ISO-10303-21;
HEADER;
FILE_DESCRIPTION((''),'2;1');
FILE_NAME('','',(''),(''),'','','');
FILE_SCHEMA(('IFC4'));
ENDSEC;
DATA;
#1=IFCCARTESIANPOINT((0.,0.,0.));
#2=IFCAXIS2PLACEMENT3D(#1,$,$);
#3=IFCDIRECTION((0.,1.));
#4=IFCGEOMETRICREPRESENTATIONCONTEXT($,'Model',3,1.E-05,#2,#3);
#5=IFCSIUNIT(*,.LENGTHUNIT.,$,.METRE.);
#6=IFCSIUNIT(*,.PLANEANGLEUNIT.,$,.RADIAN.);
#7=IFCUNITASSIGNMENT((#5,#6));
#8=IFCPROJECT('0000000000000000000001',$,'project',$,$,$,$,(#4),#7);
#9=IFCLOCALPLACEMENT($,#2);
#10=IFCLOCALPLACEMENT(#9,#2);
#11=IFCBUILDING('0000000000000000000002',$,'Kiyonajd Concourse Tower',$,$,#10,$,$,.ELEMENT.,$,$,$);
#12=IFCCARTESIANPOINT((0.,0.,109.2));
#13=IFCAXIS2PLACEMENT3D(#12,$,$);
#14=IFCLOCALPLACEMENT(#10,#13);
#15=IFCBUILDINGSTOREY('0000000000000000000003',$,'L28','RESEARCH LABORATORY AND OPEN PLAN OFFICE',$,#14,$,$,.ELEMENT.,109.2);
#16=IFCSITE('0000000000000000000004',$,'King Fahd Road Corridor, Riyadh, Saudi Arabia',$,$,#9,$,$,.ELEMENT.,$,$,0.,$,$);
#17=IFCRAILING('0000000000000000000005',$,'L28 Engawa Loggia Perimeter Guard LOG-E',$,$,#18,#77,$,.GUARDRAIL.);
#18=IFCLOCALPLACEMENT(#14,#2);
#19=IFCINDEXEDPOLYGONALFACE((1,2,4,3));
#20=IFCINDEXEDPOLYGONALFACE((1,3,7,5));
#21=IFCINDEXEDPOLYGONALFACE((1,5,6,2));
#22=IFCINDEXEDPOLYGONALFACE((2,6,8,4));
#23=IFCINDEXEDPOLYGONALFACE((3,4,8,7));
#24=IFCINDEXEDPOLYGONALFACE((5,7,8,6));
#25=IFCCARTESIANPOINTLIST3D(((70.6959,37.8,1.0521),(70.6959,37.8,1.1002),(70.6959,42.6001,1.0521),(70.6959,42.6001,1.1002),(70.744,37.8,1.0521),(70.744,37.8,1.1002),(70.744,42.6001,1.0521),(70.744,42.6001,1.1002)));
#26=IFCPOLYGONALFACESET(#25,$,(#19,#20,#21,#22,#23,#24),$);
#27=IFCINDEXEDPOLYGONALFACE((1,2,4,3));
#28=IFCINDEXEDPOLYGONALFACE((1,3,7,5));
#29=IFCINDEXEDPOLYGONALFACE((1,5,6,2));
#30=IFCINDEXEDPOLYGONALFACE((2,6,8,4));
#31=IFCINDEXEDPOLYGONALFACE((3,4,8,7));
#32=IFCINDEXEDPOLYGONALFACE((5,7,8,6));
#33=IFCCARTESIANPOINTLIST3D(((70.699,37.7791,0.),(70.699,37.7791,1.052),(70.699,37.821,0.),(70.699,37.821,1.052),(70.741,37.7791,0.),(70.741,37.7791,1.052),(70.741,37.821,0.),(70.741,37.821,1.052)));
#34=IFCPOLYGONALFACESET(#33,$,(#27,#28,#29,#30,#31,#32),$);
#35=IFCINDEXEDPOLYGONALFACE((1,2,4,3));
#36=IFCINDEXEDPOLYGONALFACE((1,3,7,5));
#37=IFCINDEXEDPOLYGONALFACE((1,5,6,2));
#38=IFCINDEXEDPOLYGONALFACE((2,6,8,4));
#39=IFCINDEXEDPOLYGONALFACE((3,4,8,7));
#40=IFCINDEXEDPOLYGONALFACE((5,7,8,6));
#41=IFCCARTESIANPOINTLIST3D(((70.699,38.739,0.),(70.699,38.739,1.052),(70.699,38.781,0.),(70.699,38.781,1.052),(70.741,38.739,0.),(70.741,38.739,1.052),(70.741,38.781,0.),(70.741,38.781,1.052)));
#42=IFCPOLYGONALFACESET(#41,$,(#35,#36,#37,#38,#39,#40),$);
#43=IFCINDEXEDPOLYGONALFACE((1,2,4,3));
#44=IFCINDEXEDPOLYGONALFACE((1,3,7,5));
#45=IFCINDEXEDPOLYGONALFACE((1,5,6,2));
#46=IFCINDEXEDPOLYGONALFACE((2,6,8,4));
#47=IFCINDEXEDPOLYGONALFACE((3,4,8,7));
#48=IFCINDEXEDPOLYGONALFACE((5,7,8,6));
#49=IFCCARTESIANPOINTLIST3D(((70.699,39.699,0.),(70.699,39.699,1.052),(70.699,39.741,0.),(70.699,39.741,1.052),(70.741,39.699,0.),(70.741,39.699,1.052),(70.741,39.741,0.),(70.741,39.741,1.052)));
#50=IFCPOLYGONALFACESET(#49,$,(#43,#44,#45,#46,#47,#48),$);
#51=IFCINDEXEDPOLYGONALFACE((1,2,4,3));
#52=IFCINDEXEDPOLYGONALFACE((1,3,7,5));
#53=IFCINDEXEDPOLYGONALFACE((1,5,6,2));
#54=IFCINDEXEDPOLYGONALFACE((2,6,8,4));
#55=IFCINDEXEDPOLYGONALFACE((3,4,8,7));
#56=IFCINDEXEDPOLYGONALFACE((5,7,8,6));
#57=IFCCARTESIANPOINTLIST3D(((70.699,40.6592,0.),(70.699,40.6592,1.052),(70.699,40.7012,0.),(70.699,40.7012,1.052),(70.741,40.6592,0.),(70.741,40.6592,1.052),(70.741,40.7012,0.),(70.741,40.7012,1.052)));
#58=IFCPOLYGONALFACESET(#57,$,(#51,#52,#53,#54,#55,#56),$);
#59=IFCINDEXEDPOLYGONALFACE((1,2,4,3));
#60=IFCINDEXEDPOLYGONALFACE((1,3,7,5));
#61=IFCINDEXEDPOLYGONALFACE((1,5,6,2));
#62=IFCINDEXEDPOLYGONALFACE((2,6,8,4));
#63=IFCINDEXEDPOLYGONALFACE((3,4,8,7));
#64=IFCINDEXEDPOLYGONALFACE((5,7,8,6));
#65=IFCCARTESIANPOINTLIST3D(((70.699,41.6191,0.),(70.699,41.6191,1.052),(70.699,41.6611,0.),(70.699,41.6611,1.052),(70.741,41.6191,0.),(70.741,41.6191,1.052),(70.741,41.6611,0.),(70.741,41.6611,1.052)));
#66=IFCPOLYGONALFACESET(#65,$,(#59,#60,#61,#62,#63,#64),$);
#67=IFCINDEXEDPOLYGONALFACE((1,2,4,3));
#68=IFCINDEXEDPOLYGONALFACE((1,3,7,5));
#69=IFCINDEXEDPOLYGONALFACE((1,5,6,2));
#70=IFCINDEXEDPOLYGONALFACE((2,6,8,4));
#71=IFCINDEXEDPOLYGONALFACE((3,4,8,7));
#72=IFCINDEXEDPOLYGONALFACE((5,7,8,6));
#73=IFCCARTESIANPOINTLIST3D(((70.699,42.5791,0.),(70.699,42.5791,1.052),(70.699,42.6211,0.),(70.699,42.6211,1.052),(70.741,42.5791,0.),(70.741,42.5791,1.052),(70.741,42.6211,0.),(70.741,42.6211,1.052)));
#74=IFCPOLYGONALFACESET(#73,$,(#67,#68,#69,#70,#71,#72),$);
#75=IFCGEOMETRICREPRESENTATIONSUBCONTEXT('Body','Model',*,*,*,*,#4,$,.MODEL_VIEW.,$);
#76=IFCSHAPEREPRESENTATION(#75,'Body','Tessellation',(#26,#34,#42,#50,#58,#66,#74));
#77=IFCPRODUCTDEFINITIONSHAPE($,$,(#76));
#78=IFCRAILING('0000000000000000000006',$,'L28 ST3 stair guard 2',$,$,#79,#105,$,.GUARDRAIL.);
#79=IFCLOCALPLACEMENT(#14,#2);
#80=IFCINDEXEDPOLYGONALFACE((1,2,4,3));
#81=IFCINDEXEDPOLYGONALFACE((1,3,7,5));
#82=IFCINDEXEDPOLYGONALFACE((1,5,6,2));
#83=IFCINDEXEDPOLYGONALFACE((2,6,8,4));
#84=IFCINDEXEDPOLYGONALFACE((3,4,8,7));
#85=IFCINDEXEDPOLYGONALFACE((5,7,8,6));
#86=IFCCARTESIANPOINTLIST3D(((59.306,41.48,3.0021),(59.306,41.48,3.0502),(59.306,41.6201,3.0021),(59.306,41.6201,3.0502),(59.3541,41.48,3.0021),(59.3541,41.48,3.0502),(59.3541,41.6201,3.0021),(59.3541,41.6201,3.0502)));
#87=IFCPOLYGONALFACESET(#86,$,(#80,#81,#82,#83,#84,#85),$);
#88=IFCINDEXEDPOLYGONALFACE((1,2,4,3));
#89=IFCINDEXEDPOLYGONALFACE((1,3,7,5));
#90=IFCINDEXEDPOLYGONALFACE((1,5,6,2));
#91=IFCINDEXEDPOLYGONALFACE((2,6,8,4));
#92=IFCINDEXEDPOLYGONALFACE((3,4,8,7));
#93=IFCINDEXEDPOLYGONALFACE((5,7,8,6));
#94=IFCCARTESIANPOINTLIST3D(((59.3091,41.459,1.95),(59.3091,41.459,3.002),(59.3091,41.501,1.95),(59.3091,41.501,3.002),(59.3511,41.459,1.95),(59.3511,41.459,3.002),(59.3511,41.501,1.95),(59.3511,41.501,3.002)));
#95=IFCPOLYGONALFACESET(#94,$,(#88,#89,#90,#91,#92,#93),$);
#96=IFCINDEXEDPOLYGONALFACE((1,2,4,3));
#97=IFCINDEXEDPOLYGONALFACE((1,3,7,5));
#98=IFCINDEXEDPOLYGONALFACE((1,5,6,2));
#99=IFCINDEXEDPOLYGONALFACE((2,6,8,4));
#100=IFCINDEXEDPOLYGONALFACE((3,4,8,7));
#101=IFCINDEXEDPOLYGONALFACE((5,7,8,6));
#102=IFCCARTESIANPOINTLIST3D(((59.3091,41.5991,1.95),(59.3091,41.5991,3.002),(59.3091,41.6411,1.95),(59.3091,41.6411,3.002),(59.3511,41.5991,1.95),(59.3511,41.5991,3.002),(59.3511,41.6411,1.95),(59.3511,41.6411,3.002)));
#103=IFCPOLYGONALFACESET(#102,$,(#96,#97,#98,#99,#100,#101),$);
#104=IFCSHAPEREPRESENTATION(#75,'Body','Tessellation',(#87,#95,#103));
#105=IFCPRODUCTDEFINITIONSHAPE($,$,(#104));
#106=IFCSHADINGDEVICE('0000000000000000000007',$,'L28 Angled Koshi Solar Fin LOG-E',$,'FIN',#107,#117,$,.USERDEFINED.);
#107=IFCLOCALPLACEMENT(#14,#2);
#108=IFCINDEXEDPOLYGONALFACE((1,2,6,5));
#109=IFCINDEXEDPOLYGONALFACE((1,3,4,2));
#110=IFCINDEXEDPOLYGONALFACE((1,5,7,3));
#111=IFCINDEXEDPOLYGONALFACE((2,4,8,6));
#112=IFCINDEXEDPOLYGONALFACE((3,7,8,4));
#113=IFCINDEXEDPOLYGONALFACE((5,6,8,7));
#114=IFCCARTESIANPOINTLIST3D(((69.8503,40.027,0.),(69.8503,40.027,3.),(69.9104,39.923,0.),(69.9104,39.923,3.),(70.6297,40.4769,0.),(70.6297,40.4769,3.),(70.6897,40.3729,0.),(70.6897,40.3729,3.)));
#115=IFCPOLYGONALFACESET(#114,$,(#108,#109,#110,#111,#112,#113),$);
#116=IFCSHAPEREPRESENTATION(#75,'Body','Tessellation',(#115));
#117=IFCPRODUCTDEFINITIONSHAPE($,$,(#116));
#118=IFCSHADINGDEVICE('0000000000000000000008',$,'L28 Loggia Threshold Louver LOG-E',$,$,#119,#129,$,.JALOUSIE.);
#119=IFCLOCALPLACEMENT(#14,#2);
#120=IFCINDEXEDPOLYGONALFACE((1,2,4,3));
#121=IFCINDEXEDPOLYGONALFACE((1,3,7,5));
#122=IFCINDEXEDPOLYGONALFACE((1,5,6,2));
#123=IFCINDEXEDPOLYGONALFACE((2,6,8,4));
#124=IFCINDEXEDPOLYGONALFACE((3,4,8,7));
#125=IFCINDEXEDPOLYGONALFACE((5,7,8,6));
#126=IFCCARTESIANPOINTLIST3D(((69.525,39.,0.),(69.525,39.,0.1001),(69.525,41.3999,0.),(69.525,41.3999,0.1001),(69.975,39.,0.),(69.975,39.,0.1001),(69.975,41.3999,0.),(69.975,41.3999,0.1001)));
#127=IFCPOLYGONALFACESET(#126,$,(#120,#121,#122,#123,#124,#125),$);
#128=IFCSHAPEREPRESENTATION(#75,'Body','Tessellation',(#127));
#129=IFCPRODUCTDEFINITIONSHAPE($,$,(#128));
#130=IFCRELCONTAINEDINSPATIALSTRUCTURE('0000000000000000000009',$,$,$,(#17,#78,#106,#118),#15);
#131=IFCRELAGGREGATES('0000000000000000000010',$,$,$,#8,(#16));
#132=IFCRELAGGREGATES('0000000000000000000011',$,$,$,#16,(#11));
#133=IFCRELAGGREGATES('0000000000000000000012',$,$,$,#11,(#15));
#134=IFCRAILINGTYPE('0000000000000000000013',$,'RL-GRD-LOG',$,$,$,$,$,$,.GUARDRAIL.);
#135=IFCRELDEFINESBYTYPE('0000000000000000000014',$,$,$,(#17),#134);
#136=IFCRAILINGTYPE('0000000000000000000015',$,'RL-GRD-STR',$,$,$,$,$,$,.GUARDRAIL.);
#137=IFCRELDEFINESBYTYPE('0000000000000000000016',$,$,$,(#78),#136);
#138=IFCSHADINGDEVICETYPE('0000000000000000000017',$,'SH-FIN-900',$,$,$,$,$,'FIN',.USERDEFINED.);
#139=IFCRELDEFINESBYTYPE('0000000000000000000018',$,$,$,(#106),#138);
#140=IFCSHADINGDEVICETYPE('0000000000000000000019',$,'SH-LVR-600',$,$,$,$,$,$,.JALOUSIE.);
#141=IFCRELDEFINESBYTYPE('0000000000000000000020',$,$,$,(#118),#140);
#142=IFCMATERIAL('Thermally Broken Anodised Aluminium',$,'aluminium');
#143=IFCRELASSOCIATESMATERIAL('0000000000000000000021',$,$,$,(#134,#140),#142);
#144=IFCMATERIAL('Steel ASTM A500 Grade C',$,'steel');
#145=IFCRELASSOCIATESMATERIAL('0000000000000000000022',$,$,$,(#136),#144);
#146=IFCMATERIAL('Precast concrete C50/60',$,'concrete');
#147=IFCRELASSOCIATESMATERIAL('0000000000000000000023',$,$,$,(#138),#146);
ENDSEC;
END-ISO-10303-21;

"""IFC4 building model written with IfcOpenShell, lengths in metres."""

from ifc_helpers import new_model, si_unit, direction, frame, origin, origin_2d, place, context, subcontext, project, spatial, rectangle, extrude, material, type_object, element, save


model = new_model("IFC4")

# Units and contexts
model_context = context("Model", 3, precision=1e-05, world=origin(), true_north=direction((0.0, 1.0)))
body_context = subcontext(model_context, "Body", "Model", "MODEL_VIEW")
ifc_project = project(units=[si_unit("LENGTHUNIT", "METRE"), si_unit("PLANEANGLEUNIT", "RADIAN")], contexts=[model_context])

# Site, building, storey
site_placement = place(None, origin())
site = spatial("IfcSite", under=ifc_project, at=site_placement, Name="King Fahd Road Corridor, Riyadh, Saudi Arabia", CompositionType="ELEMENT", RefElevation=0.0)
building_placement = place(site_placement, origin())
building = spatial("IfcBuilding", under=site, at=building_placement, Name="Kiyonajd Concourse Tower", CompositionType="ELEMENT")
storey_placement = place(building_placement, frame((0.0, 0.0, 109.2)))
storey = spatial("IfcBuildingStorey", under=building, at=storey_placement, Name="L28", Description="RESEARCH LABORATORY AND OPEN PLAN OFFICE", CompositionType="ELEMENT", Elevation=109.2)

# Shared definitions
ifc_material_1 = material(Name="Precast concrete C50/60", Category="concrete")

# Shared definitions
ifc_material_2 = material(Name="Thermally Broken Anodised Aluminium", Category="aluminium")

# Railings
railing_type_1 = type_object("IfcRailingType", Name="RL-GRD-LOG", PredefinedType="GUARDRAIL", material=ifc_material_2)
railing_1_placement = place(storey_placement, frame((70.72, 37.8, 0.0)))
element("IfcRailing", 1, at=railing_1_placement, inside=storey, type_object=railing_type_1, Name="L28 Engawa Loggia Perimeter Guard LOG-E", PredefinedType="GUARDRAIL", context=body_context, shape_type="SweptSolid", body=[
    extrude(rectangle(XDim=0.0481, YDim=0.0481, at=origin_2d()), frame((0.0, 0.0, 1.0762), z_axis=(0.0, 1.0, 0.0), x_axis=(-1.0, 0.0, 0.0)), (0.0, 0.0, 1.0), 4.8),
    extrude(rectangle(XDim=0.042, YDim=0.042, at=origin_2d()), origin(), (0.0, 0.0, 1.0), 1.052),
    extrude(rectangle(XDim=0.042, YDim=0.042, at=origin_2d()), frame((0.0, 0.96, 0.0)), (0.0, 0.0, 1.0), 1.052),
    extrude(rectangle(XDim=0.042, YDim=0.042, at=origin_2d()), frame((0.0, 1.9199, 0.0)), (0.0, 0.0, 1.0), 1.052),
    extrude(rectangle(XDim=0.042, YDim=0.042, at=origin_2d()), frame((0.0, 2.8801, 0.0)), (0.0, 0.0, 1.0), 1.052),
    extrude(rectangle(XDim=0.042, YDim=0.042, at=origin_2d()), frame((0.0, 3.8401, 0.0)), (0.0, 0.0, 1.0), 1.052),
    extrude(rectangle(XDim=0.042, YDim=0.042, at=origin_2d()), frame((0.0, 4.8, 0.0)), (0.0, 0.0, 1.0), 1.052),
])
ifc_material_3 = material(Name="Steel ASTM A500 Grade C", Category="steel")
railing_type_2 = type_object("IfcRailingType", Name="RL-GRD-STR", PredefinedType="GUARDRAIL", material=ifc_material_3)
railing_2_placement = place(storey_placement, frame((59.3301, 41.48, 1.95)))
element("IfcRailing", 2, at=railing_2_placement, inside=storey, type_object=railing_type_2, Name="L28 ST3 stair guard 2", PredefinedType="GUARDRAIL", context=body_context, shape_type="SweptSolid", body=[
    extrude(rectangle(XDim=0.0481, YDim=0.0481, at=origin_2d()), frame((0.0, 0.0, 1.0762), z_axis=(0.0, 1.0, 0.0), x_axis=(-1.0, 0.0, 0.0)), (0.0, 0.0, 1.0), 0.1401),
    extrude(rectangle(XDim=0.042, YDim=0.042, at=origin_2d()), origin(), (0.0, 0.0, 1.0), 1.052),
    extrude(rectangle(XDim=0.042, YDim=0.042, at=origin_2d()), frame((0.0, 0.1401, 0.0)), (0.0, 0.0, 1.0), 1.052),
])

# Shading devices
shading_device_type_1 = type_object("IfcShadingDeviceType", Name="SH-FIN-900", ElementType="FIN", PredefinedType="USERDEFINED", material=ifc_material_1)
shading_device_1_placement = place(storey_placement, frame((70.27, 40.2, 0.0), z_axis=(0.0, 0.0, 1.0), x_axis=(0.866025, 0.5, 0.0)))
element("IfcShadingDevice", 3, at=shading_device_1_placement, inside=storey, type_object=shading_device_type_1, Name="L28 Angled Koshi Solar Fin LOG-E", ObjectType="FIN", PredefinedType="USERDEFINED", context=body_context, shape_type="SweptSolid", body=[
    extrude(rectangle(XDim=0.8999, YDim=0.1201, at=origin_2d()), origin(), (0.0, 0.0, 1.0), 3.0),
])
shading_device_type_2 = type_object("IfcShadingDeviceType", Name="SH-LVR-600", PredefinedType="JALOUSIE", material=ifc_material_2)
shading_device_2_placement = place(storey_placement, frame((69.75, 40.2, 0.0), z_axis=(0.0, 0.0, 1.0), x_axis=(0.0, 1.0, 0.0)))
element("IfcShadingDevice", 4, at=shading_device_2_placement, inside=storey, type_object=shading_device_type_2, Name="L28 Loggia Threshold Louver LOG-E", PredefinedType="JALOUSIE", context=body_context, shape_type="SweptSolid", body=[
    extrude(rectangle(XDim=2.3999, YDim=0.45, at=origin_2d()), origin(), (0.0, 0.0, 1.0), 0.1001),
])

save(model, "model.ifc")
